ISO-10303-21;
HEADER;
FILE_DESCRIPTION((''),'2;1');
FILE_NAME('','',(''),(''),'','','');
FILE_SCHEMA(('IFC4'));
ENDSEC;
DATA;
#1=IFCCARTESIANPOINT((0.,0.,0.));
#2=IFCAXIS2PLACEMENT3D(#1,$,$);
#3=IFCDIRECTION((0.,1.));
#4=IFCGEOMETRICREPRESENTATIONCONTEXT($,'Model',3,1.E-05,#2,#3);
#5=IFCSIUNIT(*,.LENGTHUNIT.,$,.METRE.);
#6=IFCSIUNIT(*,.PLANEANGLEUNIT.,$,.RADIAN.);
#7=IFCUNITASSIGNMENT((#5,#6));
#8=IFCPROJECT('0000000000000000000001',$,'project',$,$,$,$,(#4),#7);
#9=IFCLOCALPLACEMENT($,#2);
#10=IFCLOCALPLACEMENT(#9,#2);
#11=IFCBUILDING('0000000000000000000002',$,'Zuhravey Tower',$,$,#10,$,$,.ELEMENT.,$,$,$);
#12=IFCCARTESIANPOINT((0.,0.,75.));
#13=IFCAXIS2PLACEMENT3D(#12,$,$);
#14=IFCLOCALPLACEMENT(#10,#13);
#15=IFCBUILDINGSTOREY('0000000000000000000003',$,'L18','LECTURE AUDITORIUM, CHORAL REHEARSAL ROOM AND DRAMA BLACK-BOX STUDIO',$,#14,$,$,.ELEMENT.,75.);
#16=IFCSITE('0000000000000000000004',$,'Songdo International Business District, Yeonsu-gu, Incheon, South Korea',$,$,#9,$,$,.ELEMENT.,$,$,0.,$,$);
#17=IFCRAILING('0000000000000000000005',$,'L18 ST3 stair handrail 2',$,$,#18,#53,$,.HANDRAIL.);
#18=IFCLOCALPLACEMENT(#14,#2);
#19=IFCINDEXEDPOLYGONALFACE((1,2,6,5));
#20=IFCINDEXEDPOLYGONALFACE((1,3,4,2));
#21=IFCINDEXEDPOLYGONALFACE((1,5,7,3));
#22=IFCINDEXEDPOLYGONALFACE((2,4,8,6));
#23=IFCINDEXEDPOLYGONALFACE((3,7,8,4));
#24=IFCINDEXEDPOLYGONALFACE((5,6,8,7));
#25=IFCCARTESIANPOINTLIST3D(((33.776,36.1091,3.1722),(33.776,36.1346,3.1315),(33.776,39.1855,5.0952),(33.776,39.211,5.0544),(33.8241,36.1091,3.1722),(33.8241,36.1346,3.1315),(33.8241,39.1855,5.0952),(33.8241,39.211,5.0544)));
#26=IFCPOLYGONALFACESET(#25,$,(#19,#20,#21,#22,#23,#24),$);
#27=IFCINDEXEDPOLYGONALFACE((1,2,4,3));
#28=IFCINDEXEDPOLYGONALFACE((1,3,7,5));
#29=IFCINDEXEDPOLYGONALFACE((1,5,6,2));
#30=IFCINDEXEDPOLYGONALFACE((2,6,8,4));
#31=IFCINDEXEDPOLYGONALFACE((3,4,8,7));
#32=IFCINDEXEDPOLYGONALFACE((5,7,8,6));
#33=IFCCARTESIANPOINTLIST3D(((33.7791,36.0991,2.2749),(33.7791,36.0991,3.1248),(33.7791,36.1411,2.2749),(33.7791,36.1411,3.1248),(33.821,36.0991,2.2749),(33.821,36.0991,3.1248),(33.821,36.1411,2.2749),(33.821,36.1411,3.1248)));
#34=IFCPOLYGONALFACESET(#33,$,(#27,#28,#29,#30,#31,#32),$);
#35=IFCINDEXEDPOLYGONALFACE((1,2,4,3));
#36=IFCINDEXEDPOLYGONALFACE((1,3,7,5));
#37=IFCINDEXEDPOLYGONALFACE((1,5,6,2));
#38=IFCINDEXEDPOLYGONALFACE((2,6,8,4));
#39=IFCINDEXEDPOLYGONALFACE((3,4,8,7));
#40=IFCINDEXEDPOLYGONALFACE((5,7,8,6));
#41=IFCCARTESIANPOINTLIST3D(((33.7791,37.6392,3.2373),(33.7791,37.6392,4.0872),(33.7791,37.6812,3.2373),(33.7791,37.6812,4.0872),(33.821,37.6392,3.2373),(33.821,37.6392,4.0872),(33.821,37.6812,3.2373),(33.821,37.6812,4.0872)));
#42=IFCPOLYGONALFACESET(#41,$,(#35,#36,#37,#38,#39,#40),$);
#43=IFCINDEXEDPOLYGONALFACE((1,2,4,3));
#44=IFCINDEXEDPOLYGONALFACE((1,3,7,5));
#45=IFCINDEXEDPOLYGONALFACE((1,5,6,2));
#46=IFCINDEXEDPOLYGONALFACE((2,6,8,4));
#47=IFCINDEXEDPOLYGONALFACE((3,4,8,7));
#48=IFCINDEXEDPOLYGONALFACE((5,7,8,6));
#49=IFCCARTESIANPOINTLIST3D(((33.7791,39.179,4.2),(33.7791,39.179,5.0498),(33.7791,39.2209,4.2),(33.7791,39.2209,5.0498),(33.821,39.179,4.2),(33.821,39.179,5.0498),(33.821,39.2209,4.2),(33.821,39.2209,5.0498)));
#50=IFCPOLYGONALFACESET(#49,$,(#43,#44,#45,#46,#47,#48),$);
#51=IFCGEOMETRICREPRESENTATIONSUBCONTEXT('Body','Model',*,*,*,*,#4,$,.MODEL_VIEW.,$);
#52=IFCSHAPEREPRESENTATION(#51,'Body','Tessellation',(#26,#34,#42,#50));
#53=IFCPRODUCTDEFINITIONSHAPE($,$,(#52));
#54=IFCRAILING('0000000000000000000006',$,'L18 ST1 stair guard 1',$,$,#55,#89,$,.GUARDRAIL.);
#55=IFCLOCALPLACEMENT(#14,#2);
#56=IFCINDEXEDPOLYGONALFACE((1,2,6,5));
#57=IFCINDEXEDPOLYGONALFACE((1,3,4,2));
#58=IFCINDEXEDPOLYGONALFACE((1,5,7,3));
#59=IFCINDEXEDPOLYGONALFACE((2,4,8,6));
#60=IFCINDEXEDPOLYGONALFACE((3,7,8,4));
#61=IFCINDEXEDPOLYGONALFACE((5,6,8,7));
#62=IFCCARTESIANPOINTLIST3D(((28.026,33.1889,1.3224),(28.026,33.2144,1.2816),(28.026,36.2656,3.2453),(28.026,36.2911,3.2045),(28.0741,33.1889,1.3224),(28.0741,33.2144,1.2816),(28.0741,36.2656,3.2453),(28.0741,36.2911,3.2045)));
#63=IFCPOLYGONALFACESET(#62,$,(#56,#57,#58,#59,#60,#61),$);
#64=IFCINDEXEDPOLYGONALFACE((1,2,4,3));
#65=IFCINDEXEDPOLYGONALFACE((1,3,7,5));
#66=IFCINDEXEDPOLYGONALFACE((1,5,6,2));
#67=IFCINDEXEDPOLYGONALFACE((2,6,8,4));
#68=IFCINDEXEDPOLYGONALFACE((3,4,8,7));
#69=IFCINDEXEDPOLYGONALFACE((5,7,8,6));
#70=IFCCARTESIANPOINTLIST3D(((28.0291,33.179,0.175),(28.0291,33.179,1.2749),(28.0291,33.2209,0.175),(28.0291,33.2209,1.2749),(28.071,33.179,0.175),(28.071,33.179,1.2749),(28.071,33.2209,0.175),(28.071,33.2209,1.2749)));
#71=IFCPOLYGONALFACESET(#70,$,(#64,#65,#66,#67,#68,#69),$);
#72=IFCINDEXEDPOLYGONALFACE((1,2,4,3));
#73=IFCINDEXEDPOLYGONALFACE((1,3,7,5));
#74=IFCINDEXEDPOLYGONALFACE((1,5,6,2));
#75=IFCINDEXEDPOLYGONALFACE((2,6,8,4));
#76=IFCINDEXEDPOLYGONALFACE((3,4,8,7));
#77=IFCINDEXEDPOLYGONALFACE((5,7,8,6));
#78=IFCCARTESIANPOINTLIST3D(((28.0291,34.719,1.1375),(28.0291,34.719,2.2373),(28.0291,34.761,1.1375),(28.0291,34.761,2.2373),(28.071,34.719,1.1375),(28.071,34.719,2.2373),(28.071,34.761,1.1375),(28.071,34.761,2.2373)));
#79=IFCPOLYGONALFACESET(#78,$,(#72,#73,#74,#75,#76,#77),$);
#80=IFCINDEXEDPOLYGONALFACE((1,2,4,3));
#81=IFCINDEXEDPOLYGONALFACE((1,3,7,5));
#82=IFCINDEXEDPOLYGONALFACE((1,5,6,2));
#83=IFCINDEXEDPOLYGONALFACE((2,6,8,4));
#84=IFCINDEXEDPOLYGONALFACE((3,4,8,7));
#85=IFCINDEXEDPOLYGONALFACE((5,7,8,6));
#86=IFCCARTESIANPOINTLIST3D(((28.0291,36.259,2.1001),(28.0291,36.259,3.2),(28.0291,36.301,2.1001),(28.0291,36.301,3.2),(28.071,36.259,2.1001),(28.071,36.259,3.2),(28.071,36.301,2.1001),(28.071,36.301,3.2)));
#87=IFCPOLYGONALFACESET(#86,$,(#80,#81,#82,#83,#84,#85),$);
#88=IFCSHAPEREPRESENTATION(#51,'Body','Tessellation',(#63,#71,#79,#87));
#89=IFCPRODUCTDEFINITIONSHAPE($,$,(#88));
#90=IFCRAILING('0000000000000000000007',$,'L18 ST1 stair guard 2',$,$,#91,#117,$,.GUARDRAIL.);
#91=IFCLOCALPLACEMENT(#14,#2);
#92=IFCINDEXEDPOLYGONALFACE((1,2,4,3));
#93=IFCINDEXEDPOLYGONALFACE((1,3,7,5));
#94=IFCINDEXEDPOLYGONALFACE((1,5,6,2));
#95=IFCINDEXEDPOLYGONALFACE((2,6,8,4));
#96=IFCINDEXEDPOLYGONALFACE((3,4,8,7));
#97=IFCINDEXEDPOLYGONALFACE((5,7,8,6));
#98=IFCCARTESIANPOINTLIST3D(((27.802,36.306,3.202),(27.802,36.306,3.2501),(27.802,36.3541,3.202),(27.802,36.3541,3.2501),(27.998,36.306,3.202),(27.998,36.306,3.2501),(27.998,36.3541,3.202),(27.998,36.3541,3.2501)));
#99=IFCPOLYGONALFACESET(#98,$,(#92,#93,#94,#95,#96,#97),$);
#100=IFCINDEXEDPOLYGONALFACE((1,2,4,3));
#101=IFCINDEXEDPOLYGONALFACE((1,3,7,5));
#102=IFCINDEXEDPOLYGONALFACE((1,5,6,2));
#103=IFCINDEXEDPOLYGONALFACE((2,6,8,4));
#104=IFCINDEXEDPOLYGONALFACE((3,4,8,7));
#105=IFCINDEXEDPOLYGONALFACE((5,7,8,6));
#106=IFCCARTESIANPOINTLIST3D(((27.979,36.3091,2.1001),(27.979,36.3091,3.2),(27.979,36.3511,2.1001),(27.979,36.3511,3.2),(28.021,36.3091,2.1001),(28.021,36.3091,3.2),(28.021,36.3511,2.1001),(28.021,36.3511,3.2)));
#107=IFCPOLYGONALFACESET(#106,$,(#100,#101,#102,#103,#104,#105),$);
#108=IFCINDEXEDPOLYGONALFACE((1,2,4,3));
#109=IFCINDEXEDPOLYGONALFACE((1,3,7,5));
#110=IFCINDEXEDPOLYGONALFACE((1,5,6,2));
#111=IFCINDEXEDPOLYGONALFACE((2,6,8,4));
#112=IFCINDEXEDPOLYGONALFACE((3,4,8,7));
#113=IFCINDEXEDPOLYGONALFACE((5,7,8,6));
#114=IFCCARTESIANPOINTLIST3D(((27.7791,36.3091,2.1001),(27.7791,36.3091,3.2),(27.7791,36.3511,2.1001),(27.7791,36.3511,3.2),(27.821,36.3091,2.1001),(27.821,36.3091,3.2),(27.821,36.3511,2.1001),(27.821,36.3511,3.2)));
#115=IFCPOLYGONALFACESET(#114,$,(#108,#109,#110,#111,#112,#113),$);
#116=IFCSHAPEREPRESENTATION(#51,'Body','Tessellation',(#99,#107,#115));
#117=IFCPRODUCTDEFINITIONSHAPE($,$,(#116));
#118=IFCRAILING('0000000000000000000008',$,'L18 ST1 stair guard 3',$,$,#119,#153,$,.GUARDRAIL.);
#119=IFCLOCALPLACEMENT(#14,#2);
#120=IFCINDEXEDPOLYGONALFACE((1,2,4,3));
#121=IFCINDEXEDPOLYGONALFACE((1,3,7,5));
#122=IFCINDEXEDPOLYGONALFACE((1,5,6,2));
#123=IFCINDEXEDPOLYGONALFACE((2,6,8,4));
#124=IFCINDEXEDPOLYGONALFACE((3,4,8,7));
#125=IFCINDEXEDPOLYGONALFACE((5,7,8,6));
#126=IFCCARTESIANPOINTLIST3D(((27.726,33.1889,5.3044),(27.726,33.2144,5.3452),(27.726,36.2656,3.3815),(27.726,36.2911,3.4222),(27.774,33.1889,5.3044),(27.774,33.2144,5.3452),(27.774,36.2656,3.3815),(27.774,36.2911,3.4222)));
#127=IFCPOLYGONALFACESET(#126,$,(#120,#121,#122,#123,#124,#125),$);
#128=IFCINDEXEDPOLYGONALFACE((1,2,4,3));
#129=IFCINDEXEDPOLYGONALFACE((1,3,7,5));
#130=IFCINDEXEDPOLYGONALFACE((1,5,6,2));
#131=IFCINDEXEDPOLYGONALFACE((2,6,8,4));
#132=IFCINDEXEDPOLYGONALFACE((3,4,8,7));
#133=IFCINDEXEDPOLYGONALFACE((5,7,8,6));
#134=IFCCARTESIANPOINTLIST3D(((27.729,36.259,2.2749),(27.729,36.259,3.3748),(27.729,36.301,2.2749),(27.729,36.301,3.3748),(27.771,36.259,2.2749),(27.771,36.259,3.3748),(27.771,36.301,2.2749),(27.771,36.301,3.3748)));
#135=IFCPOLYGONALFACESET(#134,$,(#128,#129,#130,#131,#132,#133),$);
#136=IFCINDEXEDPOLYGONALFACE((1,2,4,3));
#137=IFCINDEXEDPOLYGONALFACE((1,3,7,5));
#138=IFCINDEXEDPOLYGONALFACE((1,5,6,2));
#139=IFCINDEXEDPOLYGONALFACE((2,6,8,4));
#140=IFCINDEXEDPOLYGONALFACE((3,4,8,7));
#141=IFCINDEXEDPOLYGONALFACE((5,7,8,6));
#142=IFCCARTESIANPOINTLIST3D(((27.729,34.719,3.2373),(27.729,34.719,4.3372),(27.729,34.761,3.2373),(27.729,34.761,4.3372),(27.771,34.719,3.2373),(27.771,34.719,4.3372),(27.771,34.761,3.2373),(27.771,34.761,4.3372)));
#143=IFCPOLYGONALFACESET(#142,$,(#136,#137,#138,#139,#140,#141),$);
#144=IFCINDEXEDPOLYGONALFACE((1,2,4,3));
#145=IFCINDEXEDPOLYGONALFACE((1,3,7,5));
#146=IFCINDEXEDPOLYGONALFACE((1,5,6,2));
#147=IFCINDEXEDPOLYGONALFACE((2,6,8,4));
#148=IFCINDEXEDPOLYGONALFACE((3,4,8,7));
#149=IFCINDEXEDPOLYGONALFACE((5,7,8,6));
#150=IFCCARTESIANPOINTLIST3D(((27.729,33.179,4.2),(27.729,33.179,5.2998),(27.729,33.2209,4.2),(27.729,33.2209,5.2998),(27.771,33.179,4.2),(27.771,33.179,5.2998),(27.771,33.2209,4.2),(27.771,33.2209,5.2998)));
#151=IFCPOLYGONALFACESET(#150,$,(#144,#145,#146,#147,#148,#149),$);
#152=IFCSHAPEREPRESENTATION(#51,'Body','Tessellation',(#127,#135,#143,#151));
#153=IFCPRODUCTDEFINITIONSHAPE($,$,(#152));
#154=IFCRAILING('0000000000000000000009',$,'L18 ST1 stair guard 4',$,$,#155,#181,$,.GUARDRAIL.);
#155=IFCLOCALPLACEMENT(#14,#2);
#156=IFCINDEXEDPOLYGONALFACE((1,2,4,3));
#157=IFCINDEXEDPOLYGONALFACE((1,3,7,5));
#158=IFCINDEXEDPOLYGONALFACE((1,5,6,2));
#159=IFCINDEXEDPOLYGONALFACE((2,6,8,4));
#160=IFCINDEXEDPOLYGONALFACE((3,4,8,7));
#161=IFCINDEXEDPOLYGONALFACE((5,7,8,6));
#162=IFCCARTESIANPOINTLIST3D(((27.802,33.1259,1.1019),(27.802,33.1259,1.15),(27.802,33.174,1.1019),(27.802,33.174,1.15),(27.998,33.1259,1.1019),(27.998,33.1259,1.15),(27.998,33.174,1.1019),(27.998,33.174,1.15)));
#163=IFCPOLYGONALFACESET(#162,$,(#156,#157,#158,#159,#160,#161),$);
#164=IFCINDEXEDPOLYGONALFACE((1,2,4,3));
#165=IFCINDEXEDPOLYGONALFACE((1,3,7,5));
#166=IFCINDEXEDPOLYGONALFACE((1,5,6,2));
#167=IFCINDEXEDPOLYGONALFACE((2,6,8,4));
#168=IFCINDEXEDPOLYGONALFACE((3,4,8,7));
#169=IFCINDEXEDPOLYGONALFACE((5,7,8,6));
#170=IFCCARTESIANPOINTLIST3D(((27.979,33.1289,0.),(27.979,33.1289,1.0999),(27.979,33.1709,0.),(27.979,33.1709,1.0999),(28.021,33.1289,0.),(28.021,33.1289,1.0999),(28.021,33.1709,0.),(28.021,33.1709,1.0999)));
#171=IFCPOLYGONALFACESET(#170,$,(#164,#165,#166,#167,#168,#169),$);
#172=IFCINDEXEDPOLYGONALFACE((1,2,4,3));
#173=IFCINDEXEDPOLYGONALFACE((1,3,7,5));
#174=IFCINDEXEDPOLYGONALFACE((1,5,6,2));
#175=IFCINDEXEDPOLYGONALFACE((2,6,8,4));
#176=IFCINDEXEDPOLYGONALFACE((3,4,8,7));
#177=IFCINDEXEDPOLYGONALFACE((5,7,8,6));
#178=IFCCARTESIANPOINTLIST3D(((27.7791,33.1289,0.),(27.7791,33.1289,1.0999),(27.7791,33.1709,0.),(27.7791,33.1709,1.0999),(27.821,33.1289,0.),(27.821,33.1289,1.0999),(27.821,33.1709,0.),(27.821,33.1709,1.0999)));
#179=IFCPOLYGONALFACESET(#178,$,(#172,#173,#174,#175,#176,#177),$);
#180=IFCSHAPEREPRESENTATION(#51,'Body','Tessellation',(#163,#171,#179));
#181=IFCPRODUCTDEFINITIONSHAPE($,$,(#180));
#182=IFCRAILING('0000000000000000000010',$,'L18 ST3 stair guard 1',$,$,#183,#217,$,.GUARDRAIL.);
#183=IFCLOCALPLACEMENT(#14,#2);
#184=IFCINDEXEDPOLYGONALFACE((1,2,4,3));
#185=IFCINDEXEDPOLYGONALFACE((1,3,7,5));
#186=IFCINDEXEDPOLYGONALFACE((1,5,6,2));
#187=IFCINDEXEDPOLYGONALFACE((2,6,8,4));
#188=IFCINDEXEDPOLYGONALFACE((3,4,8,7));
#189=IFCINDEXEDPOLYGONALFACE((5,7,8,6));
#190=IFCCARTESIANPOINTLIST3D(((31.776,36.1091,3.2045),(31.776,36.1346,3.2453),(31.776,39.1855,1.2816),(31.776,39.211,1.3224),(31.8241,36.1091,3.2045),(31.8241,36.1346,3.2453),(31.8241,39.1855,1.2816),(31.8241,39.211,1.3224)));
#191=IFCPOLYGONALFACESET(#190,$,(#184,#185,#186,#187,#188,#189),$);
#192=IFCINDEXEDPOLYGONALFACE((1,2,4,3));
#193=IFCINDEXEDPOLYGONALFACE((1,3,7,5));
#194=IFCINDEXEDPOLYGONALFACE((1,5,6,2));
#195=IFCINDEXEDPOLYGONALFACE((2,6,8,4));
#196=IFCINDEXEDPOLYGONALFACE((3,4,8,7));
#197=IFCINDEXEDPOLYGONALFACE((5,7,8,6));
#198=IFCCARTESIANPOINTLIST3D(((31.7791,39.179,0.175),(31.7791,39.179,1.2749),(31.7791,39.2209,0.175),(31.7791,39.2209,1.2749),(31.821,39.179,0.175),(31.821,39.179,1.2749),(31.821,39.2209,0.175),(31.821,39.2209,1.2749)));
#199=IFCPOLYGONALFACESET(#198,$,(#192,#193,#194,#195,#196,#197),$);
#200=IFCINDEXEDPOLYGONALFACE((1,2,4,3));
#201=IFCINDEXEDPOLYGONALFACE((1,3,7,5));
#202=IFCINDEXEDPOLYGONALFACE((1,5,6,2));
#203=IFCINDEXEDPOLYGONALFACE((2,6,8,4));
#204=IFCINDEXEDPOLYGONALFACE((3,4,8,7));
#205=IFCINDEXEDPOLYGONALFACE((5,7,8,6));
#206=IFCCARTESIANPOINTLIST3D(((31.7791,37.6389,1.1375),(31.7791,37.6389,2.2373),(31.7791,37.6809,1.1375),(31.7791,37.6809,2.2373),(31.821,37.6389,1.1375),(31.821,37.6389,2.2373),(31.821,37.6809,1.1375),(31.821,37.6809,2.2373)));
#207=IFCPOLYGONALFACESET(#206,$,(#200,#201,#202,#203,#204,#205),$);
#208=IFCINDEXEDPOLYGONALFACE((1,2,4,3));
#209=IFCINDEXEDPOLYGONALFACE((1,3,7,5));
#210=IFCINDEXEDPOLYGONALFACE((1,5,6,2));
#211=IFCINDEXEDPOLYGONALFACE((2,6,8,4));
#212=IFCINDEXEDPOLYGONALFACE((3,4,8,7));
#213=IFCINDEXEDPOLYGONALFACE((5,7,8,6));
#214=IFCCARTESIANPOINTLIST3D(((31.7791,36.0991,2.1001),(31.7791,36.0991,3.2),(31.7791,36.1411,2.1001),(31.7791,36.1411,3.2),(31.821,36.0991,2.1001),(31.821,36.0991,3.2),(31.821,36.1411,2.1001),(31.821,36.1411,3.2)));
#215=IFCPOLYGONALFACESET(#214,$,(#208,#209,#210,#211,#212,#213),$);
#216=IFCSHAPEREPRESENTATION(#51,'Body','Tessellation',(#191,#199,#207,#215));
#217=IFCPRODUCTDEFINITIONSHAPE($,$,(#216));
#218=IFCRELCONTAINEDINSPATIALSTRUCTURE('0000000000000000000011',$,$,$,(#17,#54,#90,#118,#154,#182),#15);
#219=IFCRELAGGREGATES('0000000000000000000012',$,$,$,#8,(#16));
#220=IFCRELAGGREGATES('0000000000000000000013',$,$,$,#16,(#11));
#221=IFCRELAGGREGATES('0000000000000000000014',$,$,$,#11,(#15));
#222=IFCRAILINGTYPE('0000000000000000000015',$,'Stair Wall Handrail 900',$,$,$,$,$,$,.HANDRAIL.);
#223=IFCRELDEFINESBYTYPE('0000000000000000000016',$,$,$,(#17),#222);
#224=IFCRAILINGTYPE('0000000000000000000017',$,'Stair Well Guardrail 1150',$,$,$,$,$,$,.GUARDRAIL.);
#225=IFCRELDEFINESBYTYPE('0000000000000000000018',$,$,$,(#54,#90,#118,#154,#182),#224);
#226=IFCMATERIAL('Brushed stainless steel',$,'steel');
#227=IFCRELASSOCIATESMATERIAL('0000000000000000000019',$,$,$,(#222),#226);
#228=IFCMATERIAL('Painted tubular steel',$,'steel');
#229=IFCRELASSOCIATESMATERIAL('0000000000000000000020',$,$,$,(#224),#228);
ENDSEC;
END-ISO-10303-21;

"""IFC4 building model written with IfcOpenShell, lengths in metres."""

from ifc_helpers import new_model, si_unit, direction, frame, origin, origin_2d, place, context, subcontext, project, spatial, rectangle, extrude, material, type_object, element, save


model = new_model("IFC4")

# Units and contexts
model_context = context("Model", 3, precision=1e-05, world=origin(), true_north=direction((0.0, 1.0)))
body_context = subcontext(model_context, "Body", "Model", "MODEL_VIEW")
ifc_project = project(units=[si_unit("LENGTHUNIT", "METRE"), si_unit("PLANEANGLEUNIT", "RADIAN")], contexts=[model_context])

# Site, building, storey
site_placement = place(None, origin())
site = spatial("IfcSite", under=ifc_project, at=site_placement, Name="Songdo International Business District, Yeonsu-gu, Incheon, South Korea", CompositionType="ELEMENT", RefElevation=0.0)
building_placement = place(site_placement, origin())
building = spatial("IfcBuilding", under=site, at=building_placement, Name="Zuhravey Tower", CompositionType="ELEMENT")
storey_placement = place(building_placement, frame((0.0, 0.0, 75.0)))
storey = spatial("IfcBuildingStorey", under=building, at=storey_placement, Name="L18", Description="LECTURE AUDITORIUM, CHORAL REHEARSAL ROOM AND DRAMA BLACK-BOX STUDIO", CompositionType="ELEMENT", Elevation=75.0)

# Railings
ifc_material_1 = material(Name="Brushed stainless steel", Category="steel")
railing_type_1 = type_object("IfcRailingType", Name="Stair Wall Handrail 900", PredefinedType="HANDRAIL", material=ifc_material_1)
railing_1_placement = place(storey_placement, frame((33.8, 36.1201, 2.2749)))
element("IfcRailing", 1, at=railing_1_placement, inside=storey, type_object=railing_type_1, Name="L18 ST3 stair handrail 2", PredefinedType="HANDRAIL", context=body_context, shape_type="SweptSolid", body=[
    extrude(rectangle(XDim=0.0481, YDim=0.0481, at=origin_2d()), frame((0.0, 0.0017, 0.877), z_axis=(0.0, 0.847979, 0.530029), x_axis=(-1.0, 0.0, 0.0)), (0.0, 0.0, 1.0), 3.6279),
    extrude(rectangle(XDim=0.042, YDim=0.042, at=origin_2d()), origin(), (0.0, 0.0, 1.0), 0.8499),
    extrude(rectangle(XDim=0.042, YDim=0.042, at=origin_2d()), frame((0.0, 1.54, 0.9624)), (0.0, 0.0, 1.0), 0.8499),
    extrude(rectangle(XDim=0.042, YDim=0.042, at=origin_2d()), frame((0.0, 3.0798, 1.925)), (0.0, 0.0, 1.0), 0.8499),
])
ifc_material_2 = material(Name="Painted tubular steel", Category="steel")
railing_type_2 = type_object("IfcRailingType", Name="Stair Well Guardrail 1150", PredefinedType="GUARDRAIL", material=ifc_material_2)
railing_2_placement = place(storey_placement, frame((28.05, 33.2, 0.175)))
element("IfcRailing", 2, at=railing_2_placement, inside=storey, type_object=railing_type_2, Name="L18 ST1 stair guard 1", PredefinedType="GUARDRAIL", context=body_context, shape_type="SweptSolid", body=[
    extrude(rectangle(XDim=0.0481, YDim=0.0481, at=origin_2d()), frame((0.0, 0.0017, 1.127), z_axis=(0.0, 0.847998, 0.529999), x_axis=(-1.0, 0.0, 0.0)), (0.0, 0.0, 1.0), 3.6282),
    extrude(rectangle(XDim=0.042, YDim=0.042, at=origin_2d()), origin(), (0.0, 0.0, 1.0), 1.0999),
    extrude(rectangle(XDim=0.042, YDim=0.042, at=origin_2d()), frame((0.0, 1.54, 0.9624)), (0.0, 0.0, 1.0), 1.0999),
    extrude(rectangle(XDim=0.042, YDim=0.042, at=origin_2d()), frame((0.0, 3.0801, 1.925)), (0.0, 0.0, 1.0), 1.0999),
])
railing_3_placement = place(storey_placement, frame((28.0, 36.3301, 2.1001)))
element("IfcRailing", 3, at=railing_3_placement, inside=storey, type_object=railing_type_2, Name="L18 ST1 stair guard 2", PredefinedType="GUARDRAIL", context=body_context, shape_type="SweptSolid", body=[
    extrude(rectangle(XDim=0.0481, YDim=0.0481, at=origin_2d()), frame((-0.002, 0.0, 1.126), z_axis=(-1.0, 0.0, 0.0), x_axis=(0.0, -1.0, 0.0)), (0.0, 0.0, 1.0), 0.196),
    extrude(rectangle(XDim=0.042, YDim=0.042, at=origin_2d()), origin(), (0.0, 0.0, 1.0), 1.0999),
    extrude(rectangle(XDim=0.042, YDim=0.042, at=origin_2d()), frame((-0.2, 0.0, 0.0)), (0.0, 0.0, 1.0), 1.0999),
])
railing_4_placement = place(storey_placement, frame((27.75, 36.28, 2.2749)))
element("IfcRailing", 4, at=railing_4_placement, inside=storey, type_object=railing_type_2, Name="L18 ST1 stair guard 3", PredefinedType="GUARDRAIL", context=body_context, shape_type="SweptSolid", body=[
    extrude(rectangle(XDim=0.0481, YDim=0.0481, at=origin_2d()), frame((0.0, -0.0017, 1.127), z_axis=(0.0, -0.847998, 0.529999), x_axis=(1.0, 0.0, 0.0)), (0.0, 0.0, 1.0), 3.6282),
    extrude(rectangle(XDim=0.042, YDim=0.042, at=origin_2d()), origin(), (0.0, 0.0, 1.0), 1.0999),
    extrude(rectangle(XDim=0.042, YDim=0.042, at=origin_2d()), frame((0.0, -1.54, 0.9624)), (0.0, 0.0, 1.0), 1.0999),
    extrude(rectangle(XDim=0.042, YDim=0.042, at=origin_2d()), frame((0.0, -3.0801, 1.925)), (0.0, 0.0, 1.0), 1.0999),
])
railing_5_placement = place(storey_placement, frame((28.0, 33.1499, 0.0)))
element("IfcRailing", 5, at=railing_5_placement, inside=storey, type_object=railing_type_2, Name="L18 ST1 stair guard 4", PredefinedType="GUARDRAIL", context=body_context, shape_type="SweptSolid", body=[
    extrude(rectangle(XDim=0.0481, YDim=0.0481, at=origin_2d()), frame((-0.002, 0.0, 1.126), z_axis=(-1.0, 0.0, 0.0), x_axis=(0.0, -1.0, 0.0)), (0.0, 0.0, 1.0), 0.196),
    extrude(rectangle(XDim=0.042, YDim=0.042, at=origin_2d()), origin(), (0.0, 0.0, 1.0), 1.0999),
    extrude(rectangle(XDim=0.042, YDim=0.042, at=origin_2d()), frame((-0.2, 0.0, 0.0)), (0.0, 0.0, 1.0), 1.0999),
])
railing_6_placement = place(storey_placement, frame((31.8, 39.2, 0.175)))
element("IfcRailing", 6, at=railing_6_placement, inside=storey, type_object=railing_type_2, Name="L18 ST3 stair guard 1", PredefinedType="GUARDRAIL", context=body_context, shape_type="SweptSolid", body=[
    extrude(rectangle(XDim=0.0481, YDim=0.0481, at=origin_2d()), frame((0.0, -0.0017, 1.127), z_axis=(0.0, -0.847979, 0.530029), x_axis=(1.0, 0.0, 0.0)), (0.0, 0.0, 1.0), 3.6279),
    extrude(rectangle(XDim=0.042, YDim=0.042, at=origin_2d()), origin(), (0.0, 0.0, 1.0), 1.0999),
    extrude(rectangle(XDim=0.042, YDim=0.042, at=origin_2d()), frame((0.0, -1.54, 0.9624)), (0.0, 0.0, 1.0), 1.0999),
    extrude(rectangle(XDim=0.042, YDim=0.042, at=origin_2d()), frame((0.0, -3.0798, 1.925)), (0.0, 0.0, 1.0), 1.0999),
])

save(model, "model.ifc")
